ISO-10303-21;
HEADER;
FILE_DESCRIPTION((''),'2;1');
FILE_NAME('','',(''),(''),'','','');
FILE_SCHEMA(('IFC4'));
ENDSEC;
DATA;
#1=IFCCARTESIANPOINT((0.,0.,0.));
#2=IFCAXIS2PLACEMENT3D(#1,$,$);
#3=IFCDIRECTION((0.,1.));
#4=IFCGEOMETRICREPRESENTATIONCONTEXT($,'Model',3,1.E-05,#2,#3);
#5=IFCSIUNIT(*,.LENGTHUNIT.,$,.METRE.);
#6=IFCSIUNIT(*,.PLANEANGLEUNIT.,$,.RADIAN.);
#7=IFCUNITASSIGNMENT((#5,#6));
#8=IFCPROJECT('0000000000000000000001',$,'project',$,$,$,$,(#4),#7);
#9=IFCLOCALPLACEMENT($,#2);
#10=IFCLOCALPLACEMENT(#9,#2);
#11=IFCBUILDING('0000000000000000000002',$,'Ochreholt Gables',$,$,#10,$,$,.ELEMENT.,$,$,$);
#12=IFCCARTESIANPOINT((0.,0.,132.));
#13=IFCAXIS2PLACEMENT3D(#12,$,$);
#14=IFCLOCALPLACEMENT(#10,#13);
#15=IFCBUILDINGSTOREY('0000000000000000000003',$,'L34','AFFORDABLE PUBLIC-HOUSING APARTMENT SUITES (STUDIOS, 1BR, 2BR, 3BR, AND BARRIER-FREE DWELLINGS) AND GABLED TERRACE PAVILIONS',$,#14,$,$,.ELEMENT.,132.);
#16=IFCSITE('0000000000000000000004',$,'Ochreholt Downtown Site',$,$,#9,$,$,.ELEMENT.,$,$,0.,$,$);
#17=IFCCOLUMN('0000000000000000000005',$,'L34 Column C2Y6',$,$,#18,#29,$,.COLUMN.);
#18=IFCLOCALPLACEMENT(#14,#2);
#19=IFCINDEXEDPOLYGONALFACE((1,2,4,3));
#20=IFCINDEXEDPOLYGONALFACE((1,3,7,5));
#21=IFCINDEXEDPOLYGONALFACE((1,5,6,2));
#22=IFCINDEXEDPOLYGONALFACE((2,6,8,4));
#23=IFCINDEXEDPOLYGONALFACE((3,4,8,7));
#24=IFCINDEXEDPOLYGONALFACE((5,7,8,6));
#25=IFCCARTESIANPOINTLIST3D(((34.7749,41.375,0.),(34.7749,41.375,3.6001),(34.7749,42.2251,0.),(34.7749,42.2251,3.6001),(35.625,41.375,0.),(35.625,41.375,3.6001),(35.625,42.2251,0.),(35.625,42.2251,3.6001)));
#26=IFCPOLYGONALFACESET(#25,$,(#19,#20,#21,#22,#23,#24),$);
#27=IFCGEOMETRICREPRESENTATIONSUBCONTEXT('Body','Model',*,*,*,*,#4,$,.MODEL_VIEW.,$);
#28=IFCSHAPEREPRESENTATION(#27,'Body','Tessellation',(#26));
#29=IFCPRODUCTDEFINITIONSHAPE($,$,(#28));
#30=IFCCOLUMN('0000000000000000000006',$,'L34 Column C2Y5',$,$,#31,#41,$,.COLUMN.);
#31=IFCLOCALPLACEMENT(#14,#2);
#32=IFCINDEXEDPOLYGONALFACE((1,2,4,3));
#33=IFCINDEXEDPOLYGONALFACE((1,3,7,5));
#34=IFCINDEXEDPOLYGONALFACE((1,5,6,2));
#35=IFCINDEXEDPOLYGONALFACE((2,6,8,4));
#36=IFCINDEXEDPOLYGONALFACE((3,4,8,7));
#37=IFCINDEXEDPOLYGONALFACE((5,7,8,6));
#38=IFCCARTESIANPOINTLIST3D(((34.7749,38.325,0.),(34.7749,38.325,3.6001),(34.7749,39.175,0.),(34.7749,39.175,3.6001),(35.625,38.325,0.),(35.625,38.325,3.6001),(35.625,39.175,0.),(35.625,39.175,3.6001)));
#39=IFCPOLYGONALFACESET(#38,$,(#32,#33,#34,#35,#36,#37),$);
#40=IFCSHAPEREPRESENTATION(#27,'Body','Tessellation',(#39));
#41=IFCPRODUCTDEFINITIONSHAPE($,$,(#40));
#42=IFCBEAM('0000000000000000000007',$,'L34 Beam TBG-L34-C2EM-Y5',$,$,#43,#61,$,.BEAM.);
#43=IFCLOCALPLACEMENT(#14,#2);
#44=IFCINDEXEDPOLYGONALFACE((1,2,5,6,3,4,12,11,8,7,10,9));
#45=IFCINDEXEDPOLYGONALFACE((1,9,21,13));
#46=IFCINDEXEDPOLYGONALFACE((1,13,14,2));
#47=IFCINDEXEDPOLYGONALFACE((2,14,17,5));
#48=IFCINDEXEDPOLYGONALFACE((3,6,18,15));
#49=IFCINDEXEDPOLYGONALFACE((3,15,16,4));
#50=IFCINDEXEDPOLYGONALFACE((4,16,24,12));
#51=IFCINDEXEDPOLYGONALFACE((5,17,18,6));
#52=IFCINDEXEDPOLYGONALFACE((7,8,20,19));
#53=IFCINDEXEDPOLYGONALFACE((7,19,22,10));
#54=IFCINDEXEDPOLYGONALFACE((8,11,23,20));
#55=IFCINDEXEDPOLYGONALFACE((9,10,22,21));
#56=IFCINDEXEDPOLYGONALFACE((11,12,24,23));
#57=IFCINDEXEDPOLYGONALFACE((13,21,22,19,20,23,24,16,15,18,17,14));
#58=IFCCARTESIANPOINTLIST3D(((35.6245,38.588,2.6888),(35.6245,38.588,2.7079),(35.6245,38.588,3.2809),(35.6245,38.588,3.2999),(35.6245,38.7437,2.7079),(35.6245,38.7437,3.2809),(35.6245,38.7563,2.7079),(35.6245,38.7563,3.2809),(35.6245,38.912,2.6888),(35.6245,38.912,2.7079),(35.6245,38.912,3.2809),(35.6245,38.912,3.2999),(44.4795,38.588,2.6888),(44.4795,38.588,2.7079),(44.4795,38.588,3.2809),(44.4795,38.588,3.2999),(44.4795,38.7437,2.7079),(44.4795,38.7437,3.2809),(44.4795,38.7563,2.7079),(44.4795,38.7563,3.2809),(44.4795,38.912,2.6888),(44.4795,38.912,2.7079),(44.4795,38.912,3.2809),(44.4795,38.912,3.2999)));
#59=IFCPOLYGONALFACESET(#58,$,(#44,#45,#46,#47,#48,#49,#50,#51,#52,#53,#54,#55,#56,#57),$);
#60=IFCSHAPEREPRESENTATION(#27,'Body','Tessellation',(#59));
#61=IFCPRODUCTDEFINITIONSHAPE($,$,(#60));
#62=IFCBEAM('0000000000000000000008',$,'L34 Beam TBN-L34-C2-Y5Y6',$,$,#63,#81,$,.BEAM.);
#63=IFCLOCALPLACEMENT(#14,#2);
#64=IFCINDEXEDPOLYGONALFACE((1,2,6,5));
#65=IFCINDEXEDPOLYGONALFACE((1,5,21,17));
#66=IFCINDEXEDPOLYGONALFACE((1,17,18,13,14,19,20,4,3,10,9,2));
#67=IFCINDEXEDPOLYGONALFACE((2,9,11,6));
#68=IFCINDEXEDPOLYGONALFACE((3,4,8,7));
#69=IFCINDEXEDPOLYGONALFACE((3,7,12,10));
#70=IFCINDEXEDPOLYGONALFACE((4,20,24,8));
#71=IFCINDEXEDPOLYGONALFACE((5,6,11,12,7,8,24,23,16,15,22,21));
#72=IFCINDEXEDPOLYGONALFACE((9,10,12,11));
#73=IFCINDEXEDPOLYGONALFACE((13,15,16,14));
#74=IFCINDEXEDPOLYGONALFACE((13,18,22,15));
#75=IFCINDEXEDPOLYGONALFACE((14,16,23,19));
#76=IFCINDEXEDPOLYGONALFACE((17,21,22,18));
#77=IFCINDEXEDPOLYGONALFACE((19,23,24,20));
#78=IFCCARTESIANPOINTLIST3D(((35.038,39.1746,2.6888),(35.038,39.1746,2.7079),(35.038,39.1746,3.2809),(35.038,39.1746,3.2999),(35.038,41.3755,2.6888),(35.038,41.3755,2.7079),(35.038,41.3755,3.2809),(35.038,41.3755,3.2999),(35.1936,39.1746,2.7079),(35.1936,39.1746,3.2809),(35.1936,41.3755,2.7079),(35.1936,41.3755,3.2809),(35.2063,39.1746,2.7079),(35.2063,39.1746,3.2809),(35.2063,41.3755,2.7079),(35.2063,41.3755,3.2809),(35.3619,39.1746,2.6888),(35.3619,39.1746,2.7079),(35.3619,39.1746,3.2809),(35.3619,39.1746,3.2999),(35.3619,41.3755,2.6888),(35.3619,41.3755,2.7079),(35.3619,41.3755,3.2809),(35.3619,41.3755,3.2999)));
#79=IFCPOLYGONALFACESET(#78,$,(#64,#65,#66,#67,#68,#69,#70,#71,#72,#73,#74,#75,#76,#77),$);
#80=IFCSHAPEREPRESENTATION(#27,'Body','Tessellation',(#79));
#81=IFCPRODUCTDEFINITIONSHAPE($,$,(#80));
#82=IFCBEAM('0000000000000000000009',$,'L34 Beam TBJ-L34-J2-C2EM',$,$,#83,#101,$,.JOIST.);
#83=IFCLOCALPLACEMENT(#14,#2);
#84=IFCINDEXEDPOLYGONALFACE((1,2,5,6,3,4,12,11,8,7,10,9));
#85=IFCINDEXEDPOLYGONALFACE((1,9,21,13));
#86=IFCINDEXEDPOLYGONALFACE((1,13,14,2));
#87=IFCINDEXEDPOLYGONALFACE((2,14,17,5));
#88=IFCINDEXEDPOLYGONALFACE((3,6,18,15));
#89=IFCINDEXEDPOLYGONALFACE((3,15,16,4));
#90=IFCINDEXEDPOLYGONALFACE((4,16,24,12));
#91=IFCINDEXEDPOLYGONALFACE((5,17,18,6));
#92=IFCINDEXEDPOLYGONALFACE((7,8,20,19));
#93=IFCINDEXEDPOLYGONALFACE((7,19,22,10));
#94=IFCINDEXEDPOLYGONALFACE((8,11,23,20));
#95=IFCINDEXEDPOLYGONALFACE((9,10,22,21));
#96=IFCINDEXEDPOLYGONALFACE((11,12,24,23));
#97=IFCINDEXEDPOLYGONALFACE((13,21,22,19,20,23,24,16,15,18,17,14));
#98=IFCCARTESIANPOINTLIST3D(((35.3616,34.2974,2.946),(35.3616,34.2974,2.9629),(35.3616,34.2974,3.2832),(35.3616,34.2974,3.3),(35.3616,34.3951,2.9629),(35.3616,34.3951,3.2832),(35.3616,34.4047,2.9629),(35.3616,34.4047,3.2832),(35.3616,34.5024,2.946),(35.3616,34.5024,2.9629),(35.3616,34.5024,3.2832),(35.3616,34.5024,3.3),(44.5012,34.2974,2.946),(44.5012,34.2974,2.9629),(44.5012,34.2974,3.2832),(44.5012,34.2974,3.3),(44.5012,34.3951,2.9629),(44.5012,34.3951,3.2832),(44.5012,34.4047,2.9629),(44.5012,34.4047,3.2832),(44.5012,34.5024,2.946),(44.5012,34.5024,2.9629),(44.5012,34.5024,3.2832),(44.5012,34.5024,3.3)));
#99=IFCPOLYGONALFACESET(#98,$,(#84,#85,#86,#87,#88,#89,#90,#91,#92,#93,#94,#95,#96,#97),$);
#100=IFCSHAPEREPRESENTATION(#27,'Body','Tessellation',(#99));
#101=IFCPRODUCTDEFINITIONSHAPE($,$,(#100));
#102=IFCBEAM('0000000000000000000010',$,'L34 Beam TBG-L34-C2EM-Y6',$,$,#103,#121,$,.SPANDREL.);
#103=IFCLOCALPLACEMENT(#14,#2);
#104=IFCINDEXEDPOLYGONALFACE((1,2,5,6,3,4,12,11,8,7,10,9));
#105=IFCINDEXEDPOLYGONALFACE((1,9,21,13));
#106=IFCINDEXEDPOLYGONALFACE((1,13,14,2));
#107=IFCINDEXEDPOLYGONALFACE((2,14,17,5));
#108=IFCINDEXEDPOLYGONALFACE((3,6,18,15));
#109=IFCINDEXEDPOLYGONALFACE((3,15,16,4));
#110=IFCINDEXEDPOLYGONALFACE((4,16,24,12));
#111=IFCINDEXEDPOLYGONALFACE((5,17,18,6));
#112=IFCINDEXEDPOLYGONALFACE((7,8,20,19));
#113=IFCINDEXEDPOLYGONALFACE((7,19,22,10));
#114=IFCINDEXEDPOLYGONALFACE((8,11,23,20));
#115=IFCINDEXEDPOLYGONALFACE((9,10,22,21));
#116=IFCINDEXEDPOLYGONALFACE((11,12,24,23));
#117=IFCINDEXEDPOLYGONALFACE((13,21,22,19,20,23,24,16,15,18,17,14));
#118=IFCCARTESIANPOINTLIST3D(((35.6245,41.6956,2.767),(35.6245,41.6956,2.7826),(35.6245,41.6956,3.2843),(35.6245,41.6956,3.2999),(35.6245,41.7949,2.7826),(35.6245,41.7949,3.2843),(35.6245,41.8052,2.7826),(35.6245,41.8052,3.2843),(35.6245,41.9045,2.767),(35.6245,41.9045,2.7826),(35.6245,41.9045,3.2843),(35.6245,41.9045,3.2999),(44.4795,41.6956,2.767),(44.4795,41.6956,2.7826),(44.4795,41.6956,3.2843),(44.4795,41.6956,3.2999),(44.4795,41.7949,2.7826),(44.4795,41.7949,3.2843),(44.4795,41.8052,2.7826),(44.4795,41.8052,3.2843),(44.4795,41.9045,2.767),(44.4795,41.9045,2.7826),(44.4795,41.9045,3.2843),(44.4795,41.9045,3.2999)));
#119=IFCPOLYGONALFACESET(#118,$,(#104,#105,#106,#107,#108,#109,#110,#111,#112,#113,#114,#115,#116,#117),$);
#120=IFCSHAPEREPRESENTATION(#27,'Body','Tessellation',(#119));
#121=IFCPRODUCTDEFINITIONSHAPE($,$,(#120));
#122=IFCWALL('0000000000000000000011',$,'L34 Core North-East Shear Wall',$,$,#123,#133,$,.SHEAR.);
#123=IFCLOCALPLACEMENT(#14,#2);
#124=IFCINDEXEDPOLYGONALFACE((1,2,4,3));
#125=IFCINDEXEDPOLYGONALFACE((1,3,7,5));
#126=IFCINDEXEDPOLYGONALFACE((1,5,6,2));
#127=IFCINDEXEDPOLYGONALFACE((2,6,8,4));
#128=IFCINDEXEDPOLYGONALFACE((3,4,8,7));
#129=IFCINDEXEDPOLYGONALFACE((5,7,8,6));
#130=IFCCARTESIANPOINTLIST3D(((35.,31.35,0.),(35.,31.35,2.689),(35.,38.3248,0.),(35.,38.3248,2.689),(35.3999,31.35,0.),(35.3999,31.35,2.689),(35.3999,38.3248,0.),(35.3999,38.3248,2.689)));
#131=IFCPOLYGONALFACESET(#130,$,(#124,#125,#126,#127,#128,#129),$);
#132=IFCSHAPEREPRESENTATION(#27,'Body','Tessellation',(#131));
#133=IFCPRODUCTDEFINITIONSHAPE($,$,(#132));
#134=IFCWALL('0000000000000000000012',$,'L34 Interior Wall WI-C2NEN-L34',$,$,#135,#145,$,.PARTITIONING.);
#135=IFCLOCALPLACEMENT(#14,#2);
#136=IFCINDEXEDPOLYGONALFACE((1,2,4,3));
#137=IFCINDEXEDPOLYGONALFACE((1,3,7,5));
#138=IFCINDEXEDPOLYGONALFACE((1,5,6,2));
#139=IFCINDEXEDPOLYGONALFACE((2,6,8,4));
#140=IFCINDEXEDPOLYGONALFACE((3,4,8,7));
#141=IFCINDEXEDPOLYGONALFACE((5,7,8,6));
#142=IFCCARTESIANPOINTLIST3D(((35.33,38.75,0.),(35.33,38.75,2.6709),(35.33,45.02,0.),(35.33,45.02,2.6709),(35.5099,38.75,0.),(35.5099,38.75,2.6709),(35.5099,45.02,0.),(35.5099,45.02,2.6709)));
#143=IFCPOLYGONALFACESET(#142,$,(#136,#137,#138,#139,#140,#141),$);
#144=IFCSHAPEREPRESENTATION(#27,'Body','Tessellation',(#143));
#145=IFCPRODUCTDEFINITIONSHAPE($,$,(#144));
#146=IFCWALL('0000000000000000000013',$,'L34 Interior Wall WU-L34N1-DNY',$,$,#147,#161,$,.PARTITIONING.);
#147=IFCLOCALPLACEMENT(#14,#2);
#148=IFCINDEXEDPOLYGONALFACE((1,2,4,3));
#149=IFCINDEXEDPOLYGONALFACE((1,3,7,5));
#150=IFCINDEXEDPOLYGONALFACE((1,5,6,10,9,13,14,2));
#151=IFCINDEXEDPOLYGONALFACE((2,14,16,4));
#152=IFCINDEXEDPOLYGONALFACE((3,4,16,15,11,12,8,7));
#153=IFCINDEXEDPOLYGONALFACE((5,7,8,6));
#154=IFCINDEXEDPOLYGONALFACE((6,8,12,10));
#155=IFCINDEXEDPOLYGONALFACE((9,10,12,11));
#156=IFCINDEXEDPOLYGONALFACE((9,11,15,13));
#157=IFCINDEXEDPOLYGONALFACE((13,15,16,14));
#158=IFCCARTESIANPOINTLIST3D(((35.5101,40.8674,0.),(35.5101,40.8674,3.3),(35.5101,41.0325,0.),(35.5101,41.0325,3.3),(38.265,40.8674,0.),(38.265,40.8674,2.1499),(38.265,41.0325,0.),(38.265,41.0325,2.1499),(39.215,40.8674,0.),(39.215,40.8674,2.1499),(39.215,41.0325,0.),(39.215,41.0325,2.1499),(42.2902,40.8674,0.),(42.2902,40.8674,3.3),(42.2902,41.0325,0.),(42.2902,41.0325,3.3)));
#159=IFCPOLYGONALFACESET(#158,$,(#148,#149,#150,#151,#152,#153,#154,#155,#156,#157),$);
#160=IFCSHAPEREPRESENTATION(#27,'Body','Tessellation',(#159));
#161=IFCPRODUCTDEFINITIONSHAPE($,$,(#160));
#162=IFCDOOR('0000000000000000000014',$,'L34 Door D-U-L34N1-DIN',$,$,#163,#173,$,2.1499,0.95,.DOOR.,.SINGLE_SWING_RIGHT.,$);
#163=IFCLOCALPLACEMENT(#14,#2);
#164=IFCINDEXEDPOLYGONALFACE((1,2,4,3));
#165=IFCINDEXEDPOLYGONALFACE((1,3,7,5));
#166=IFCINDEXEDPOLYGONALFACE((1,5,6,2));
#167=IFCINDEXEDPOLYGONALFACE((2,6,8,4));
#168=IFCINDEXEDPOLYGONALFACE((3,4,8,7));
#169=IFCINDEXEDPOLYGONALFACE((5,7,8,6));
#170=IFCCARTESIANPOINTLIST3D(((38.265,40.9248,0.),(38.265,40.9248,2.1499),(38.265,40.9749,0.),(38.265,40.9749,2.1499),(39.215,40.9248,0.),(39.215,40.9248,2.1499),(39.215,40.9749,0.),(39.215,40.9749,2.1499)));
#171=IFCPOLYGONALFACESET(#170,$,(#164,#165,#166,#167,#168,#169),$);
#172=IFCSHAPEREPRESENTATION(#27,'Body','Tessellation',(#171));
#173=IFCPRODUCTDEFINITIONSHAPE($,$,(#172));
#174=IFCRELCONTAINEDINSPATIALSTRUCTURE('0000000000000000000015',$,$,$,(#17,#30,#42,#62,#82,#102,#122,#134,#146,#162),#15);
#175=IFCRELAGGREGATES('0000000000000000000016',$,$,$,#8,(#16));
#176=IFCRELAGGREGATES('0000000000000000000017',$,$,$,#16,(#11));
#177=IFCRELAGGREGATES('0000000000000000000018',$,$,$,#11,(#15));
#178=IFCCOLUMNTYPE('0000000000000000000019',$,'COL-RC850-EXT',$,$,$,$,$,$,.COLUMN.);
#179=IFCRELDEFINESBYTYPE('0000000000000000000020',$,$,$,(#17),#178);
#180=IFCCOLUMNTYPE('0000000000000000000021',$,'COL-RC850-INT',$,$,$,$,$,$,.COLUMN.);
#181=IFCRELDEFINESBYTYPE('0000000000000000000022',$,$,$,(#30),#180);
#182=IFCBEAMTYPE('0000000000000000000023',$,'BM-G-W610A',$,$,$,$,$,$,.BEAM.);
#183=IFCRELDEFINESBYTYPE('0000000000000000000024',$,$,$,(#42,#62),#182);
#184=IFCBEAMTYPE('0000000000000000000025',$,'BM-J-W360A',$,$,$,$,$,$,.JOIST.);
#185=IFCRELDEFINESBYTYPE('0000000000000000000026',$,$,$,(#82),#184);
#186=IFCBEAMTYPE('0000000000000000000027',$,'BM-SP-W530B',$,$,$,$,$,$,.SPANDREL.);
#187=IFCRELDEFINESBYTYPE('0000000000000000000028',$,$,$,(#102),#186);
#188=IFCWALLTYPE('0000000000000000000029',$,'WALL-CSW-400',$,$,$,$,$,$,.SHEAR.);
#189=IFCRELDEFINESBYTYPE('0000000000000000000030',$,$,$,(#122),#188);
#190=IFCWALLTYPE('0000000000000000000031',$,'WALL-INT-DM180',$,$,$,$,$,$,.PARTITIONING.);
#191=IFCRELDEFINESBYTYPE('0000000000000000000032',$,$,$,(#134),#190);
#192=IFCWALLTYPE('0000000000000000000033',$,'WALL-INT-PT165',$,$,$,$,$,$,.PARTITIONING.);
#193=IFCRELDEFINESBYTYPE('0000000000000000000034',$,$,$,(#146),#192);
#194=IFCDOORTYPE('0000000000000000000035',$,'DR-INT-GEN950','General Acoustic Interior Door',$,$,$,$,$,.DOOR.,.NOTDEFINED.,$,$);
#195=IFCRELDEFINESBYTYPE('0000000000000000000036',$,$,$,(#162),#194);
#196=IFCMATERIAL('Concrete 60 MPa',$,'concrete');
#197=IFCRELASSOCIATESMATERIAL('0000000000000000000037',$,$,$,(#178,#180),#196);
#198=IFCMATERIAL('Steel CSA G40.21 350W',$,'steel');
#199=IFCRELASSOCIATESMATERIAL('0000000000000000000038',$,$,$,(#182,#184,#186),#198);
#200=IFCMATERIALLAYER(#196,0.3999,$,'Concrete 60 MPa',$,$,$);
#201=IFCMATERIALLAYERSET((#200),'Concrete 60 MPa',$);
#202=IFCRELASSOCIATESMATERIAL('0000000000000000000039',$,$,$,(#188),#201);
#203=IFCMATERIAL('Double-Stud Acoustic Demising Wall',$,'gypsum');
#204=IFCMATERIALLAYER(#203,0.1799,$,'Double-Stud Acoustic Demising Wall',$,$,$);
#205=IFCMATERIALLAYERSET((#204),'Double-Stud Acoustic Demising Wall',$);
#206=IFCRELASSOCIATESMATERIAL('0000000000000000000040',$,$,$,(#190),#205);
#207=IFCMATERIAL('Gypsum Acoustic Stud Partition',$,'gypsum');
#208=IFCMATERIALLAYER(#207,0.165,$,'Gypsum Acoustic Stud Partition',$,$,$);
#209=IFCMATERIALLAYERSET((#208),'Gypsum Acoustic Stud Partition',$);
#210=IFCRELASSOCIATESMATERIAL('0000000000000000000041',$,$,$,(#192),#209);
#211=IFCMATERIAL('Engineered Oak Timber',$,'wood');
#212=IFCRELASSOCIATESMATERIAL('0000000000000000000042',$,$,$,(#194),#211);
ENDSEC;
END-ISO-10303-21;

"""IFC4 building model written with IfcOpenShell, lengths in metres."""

from ifc_helpers import new_model, si_unit, direction, frame, frame_2d, origin, origin_2d, place, context, subcontext, project, spatial, rectangle, i_section, extrude, material, layer, layer_set, material_profile, profile_set, type_object, element, fill, save


model = new_model("IFC4")

# Units and contexts
model_context = context("Model", 3, precision=1e-05, world=origin(), true_north=direction((0.0, 1.0)))
body_context = subcontext(model_context, "Body", "Model", "MODEL_VIEW")
ifc_project = project(units=[si_unit("LENGTHUNIT", "METRE"), si_unit("PLANEANGLEUNIT", "RADIAN")], contexts=[model_context])

# Site, building, storey
site_placement = place(None, origin())
site = spatial("IfcSite", under=ifc_project, at=site_placement, Name="Ochreholt Downtown Site", CompositionType="ELEMENT", RefElevation=0.0)
building_placement = place(site_placement, origin())
building = spatial("IfcBuilding", under=site, at=building_placement, Name="Ochreholt Gables", CompositionType="ELEMENT")
storey_placement = place(building_placement, frame((0.0, 0.0, 132.0)))
storey = spatial("IfcBuildingStorey", under=building, at=storey_placement, Name="L34", Description="AFFORDABLE PUBLIC-HOUSING APARTMENT SUITES (STUDIOS, 1BR, 2BR, 3BR, AND BARRIER-FREE DWELLINGS) AND GABLED TERRACE PAVILIONS", CompositionType="ELEMENT", Elevation=132.0)

# Columns
ifc_material_1 = material(Name="Concrete 60 MPa", Category="concrete")
ifc_material_profile_1 = material_profile(ifc_material_1, rectangle(XDim=0.8501, YDim=0.8501, at=origin_2d()), Name="RC850X850")
ifc_profile_set_1 = profile_set([ifc_material_profile_1], Name="Concrete 60 MPa")
column_type_1 = type_object("IfcColumnType", Name="COL-RC850-EXT", PredefinedType="COLUMN", material=ifc_profile_set_1)
column_1_placement = place(storey_placement, frame((35.2, 41.8, 0.0), z_axis=(0.0, 0.0, 1.0), x_axis=(1.0, 0.0, 0.0)))
element("IfcColumn", 1, at=column_1_placement, inside=storey, type_object=column_type_1, Name="L34 Column C2Y6", PredefinedType="COLUMN", context=body_context, shape_type="SweptSolid", body=[
    extrude(rectangle(XDim=0.8501, YDim=0.8501, at=origin_2d()), origin(), (0.0, 0.0, 1.0), 3.6001),
])
ifc_material_profile_2 = material_profile(ifc_material_1, rectangle(XDim=0.8501, YDim=0.8501, at=origin_2d()), Name="RC850X850")
ifc_profile_set_2 = profile_set([ifc_material_profile_2], Name="Concrete 60 MPa")
column_type_2 = type_object("IfcColumnType", Name="COL-RC850-INT", PredefinedType="COLUMN", material=ifc_profile_set_2)
column_2_placement = place(storey_placement, frame((35.2, 38.75, 0.0), z_axis=(0.0, 0.0, 1.0), x_axis=(1.0, 0.0, 0.0)))
element("IfcColumn", 2, at=column_2_placement, inside=storey, type_object=column_type_2, Name="L34 Column C2Y5", PredefinedType="COLUMN", context=body_context, shape_type="SweptSolid", body=[
    extrude(rectangle(XDim=0.8501, YDim=0.8501, at=origin_2d()), origin(), (0.0, 0.0, 1.0), 3.6001),
])

# Beams
ifc_material_2 = material(Name="Steel CSA G40.21 350W", Category="steel")
ifc_material_profile_3 = material_profile(ifc_material_2, i_section(OverallWidth=0.324, OverallDepth=0.6111, WebThickness=0.0127, FlangeThickness=0.019, at=origin_2d()), Name="W610X155")
ifc_profile_set_3 = profile_set([ifc_material_profile_3], Name="Steel CSA G40.21 350W")
beam_type_1 = type_object("IfcBeamType", Name="BM-G-W610A", PredefinedType="BEAM", material=ifc_profile_set_3)
beam_1_placement = place(storey_placement, frame((35.6245, 38.75, 2.9944), z_axis=(1.0, 0.0, 0.0), x_axis=(0.0, 1.0, 0.0)))
element("IfcBeam", 3, at=beam_1_placement, inside=storey, type_object=beam_type_1, Name="L34 Beam TBG-L34-C2EM-Y5", PredefinedType="BEAM", context=body_context, shape_type="SweptSolid", body=[
    extrude(i_section(OverallWidth=0.324, OverallDepth=0.6111, WebThickness=0.0127, FlangeThickness=0.019, at=origin_2d()), origin(), (0.0, 0.0, 1.0), 8.855),
])
beam_2_placement = place(storey_placement, frame((35.2, 39.1746, 2.9944), z_axis=(0.0, 1.0, 0.0), x_axis=(-1.0, 0.0, 0.0)))
element("IfcBeam", 4, at=beam_2_placement, inside=storey, type_object=beam_type_1, Name="L34 Beam TBN-L34-C2-Y5Y6", PredefinedType="BEAM", context=body_context, shape_type="SweptSolid", body=[
    extrude(i_section(OverallWidth=0.324, OverallDepth=0.6111, WebThickness=0.0127, FlangeThickness=0.019, at=origin_2d()), origin(), (0.0, 0.0, 1.0), 2.2009),
])
ifc_material_profile_4 = material_profile(ifc_material_2, i_section(OverallWidth=0.2051, OverallDepth=0.354, WebThickness=0.0095, FlangeThickness=0.0168, at=origin_2d()), Name="W360X79")
ifc_profile_set_4 = profile_set([ifc_material_profile_4], Name="Steel CSA G40.21 350W")
beam_type_2 = type_object("IfcBeamType", Name="BM-J-W360A", PredefinedType="JOIST", material=ifc_profile_set_4)
beam_3_placement = place(storey_placement, frame((35.3616, 34.3999, 3.123), z_axis=(1.0, 0.0, 0.0), x_axis=(0.0, 1.0, 0.0)))
element("IfcBeam", 5, at=beam_3_placement, inside=storey, type_object=beam_type_2, Name="L34 Beam TBJ-L34-J2-C2EM", PredefinedType="JOIST", context=body_context, shape_type="SweptSolid", body=[
    extrude(i_section(OverallWidth=0.2051, OverallDepth=0.354, WebThickness=0.0095, FlangeThickness=0.0168, at=origin_2d()), origin(), (0.0, 0.0, 1.0), 9.1396),
])
ifc_material_profile_5 = material_profile(ifc_material_2, i_section(OverallWidth=0.209, OverallDepth=0.533, WebThickness=0.0103, FlangeThickness=0.0156, at=origin_2d()), Name="W530X92")
ifc_profile_set_5 = profile_set([ifc_material_profile_5], Name="Steel CSA G40.21 350W")
beam_type_3 = type_object("IfcBeamType", Name="BM-SP-W530B", PredefinedType="SPANDREL", material=ifc_profile_set_5)
beam_4_placement = place(storey_placement, frame((35.6245, 41.8, 3.0334), z_axis=(1.0, 0.0, 0.0), x_axis=(0.0, 1.0, 0.0)))
element("IfcBeam", 6, at=beam_4_placement, inside=storey, type_object=beam_type_3, Name="L34 Beam TBG-L34-C2EM-Y6", PredefinedType="SPANDREL", context=body_context, shape_type="SweptSolid", body=[
    extrude(i_section(OverallWidth=0.209, OverallDepth=0.533, WebThickness=0.0103, FlangeThickness=0.0156, at=origin_2d()), origin(), (0.0, 0.0, 1.0), 8.855),
])

# Walls
ifc_layer_1 = layer(ifc_material_1, 0.3999, Name="Concrete 60 MPa")
ifc_layer_set_1 = layer_set([ifc_layer_1], Name="Concrete 60 MPa")
wall_type_1 = type_object("IfcWallType", Name="WALL-CSW-400", PredefinedType="SHEAR", material=ifc_layer_set_1)
wall_1_placement = place(storey_placement, frame((35.2, 31.3501, 0.0), z_axis=(0.0, 0.0, 1.0), x_axis=(0.0, 1.0, 0.0)))
element("IfcWall", 7, at=wall_1_placement, inside=storey, type_object=wall_type_1, Name="L34 Core North-East Shear Wall", PredefinedType="SHEAR", context=body_context, shape_type="SweptSolid", body=[
    extrude(rectangle(XDim=6.9749, YDim=0.3999, at=frame_2d((3.4873, 0.0))), origin(), (0.0, 0.0, 1.0), 2.689),
])
ifc_material_3 = material(Name="Double-Stud Acoustic Demising Wall", Category="gypsum")
ifc_layer_2 = layer(ifc_material_3, 0.1799, Name="Double-Stud Acoustic Demising Wall")
ifc_layer_set_2 = layer_set([ifc_layer_2], Name="Double-Stud Acoustic Demising Wall")
wall_type_2 = type_object("IfcWallType", Name="WALL-INT-DM180", PredefinedType="PARTITIONING", material=ifc_layer_set_2)
wall_2_placement = place(storey_placement, frame((35.4199, 38.75, 0.0), z_axis=(0.0, 0.0, 1.0), x_axis=(0.0, 1.0, 0.0)))
element("IfcWall", 8, at=wall_2_placement, inside=storey, type_object=wall_type_2, Name="L34 Interior Wall WI-C2NEN-L34", PredefinedType="PARTITIONING", context=body_context, shape_type="SweptSolid", body=[
    extrude(rectangle(XDim=6.27, YDim=0.1799, at=frame_2d((3.135, 0.0))), origin(), (0.0, 0.0, 1.0), 2.6709),
])

# Shared definitions
ifc_material_4 = material(Name="Engineered Oak Timber", Category="wood")

# Wall, opening, door
ifc_material_5 = material(Name="Gypsum Acoustic Stud Partition", Category="gypsum")
ifc_layer_3 = layer(ifc_material_5, 0.165, Name="Gypsum Acoustic Stud Partition")
ifc_layer_set_3 = layer_set([ifc_layer_3], Name="Gypsum Acoustic Stud Partition")
wall_type_3 = type_object("IfcWallType", Name="WALL-INT-PT165", PredefinedType="PARTITIONING", material=ifc_layer_set_3)
wall_3_placement = place(storey_placement, frame((35.51, 40.95, 0.0), z_axis=(0.0, 0.0, 1.0), x_axis=(1.0, 0.0, 0.0)))
wall_3 = element("IfcWall", 9, at=wall_3_placement, inside=storey, type_object=wall_type_3, Name="L34 Interior Wall WU-L34N1-DNY", PredefinedType="PARTITIONING", context=body_context, shape_type="SweptSolid", body=[
    extrude(rectangle(XDim=6.78, YDim=0.165, at=frame_2d((3.3901, 0.0))), origin(), (0.0, 0.0, 1.0), 3.3),
])
opening_1_placement = place(wall_3_placement, frame((2.7549, 0.0, 0.0)))
opening_1 = element("IfcOpeningElement", 10, at=opening_1_placement, cuts=wall_3, PredefinedType="OPENING", context=body_context, shape_type="SweptSolid", body=[
    extrude(rectangle(XDim=0.95, YDim=2.1499, at=frame_2d((0.4751, 1.075))), frame((0.0, 0.0925, 0.0), z_axis=(0.0, -1.0, 0.0), x_axis=(1.0, 0.0, 0.0)), (0.0, 0.0, 1.0), 0.1851),
])
door_type_1 = type_object("IfcDoorType", Name="DR-INT-GEN950", Description="General Acoustic Interior Door", OperationType="NOTDEFINED", PredefinedType="DOOR", material=ifc_material_4)
door_1_placement = place(opening_1_placement, origin())
door_1 = element("IfcDoor", 11, at=door_1_placement, inside=storey, type_object=door_type_1, Name="L34 Door D-U-L34N1-DIN", OperationType="SINGLE_SWING_RIGHT", OverallHeight=2.1499, OverallWidth=0.95, PredefinedType="DOOR", context=body_context, shape_type="SweptSolid", body=[
    extrude(rectangle(XDim=0.95, YDim=2.1499, at=frame_2d((0.4751, 1.075))), frame((0.0, 0.0249, 0.0), z_axis=(0.0, -1.0, 0.0), x_axis=(1.0, 0.0, 0.0)), (0.0, 0.0, 1.0), 0.05),
])
fill(opening_1, door_1)

save(model, "model.ifc")
